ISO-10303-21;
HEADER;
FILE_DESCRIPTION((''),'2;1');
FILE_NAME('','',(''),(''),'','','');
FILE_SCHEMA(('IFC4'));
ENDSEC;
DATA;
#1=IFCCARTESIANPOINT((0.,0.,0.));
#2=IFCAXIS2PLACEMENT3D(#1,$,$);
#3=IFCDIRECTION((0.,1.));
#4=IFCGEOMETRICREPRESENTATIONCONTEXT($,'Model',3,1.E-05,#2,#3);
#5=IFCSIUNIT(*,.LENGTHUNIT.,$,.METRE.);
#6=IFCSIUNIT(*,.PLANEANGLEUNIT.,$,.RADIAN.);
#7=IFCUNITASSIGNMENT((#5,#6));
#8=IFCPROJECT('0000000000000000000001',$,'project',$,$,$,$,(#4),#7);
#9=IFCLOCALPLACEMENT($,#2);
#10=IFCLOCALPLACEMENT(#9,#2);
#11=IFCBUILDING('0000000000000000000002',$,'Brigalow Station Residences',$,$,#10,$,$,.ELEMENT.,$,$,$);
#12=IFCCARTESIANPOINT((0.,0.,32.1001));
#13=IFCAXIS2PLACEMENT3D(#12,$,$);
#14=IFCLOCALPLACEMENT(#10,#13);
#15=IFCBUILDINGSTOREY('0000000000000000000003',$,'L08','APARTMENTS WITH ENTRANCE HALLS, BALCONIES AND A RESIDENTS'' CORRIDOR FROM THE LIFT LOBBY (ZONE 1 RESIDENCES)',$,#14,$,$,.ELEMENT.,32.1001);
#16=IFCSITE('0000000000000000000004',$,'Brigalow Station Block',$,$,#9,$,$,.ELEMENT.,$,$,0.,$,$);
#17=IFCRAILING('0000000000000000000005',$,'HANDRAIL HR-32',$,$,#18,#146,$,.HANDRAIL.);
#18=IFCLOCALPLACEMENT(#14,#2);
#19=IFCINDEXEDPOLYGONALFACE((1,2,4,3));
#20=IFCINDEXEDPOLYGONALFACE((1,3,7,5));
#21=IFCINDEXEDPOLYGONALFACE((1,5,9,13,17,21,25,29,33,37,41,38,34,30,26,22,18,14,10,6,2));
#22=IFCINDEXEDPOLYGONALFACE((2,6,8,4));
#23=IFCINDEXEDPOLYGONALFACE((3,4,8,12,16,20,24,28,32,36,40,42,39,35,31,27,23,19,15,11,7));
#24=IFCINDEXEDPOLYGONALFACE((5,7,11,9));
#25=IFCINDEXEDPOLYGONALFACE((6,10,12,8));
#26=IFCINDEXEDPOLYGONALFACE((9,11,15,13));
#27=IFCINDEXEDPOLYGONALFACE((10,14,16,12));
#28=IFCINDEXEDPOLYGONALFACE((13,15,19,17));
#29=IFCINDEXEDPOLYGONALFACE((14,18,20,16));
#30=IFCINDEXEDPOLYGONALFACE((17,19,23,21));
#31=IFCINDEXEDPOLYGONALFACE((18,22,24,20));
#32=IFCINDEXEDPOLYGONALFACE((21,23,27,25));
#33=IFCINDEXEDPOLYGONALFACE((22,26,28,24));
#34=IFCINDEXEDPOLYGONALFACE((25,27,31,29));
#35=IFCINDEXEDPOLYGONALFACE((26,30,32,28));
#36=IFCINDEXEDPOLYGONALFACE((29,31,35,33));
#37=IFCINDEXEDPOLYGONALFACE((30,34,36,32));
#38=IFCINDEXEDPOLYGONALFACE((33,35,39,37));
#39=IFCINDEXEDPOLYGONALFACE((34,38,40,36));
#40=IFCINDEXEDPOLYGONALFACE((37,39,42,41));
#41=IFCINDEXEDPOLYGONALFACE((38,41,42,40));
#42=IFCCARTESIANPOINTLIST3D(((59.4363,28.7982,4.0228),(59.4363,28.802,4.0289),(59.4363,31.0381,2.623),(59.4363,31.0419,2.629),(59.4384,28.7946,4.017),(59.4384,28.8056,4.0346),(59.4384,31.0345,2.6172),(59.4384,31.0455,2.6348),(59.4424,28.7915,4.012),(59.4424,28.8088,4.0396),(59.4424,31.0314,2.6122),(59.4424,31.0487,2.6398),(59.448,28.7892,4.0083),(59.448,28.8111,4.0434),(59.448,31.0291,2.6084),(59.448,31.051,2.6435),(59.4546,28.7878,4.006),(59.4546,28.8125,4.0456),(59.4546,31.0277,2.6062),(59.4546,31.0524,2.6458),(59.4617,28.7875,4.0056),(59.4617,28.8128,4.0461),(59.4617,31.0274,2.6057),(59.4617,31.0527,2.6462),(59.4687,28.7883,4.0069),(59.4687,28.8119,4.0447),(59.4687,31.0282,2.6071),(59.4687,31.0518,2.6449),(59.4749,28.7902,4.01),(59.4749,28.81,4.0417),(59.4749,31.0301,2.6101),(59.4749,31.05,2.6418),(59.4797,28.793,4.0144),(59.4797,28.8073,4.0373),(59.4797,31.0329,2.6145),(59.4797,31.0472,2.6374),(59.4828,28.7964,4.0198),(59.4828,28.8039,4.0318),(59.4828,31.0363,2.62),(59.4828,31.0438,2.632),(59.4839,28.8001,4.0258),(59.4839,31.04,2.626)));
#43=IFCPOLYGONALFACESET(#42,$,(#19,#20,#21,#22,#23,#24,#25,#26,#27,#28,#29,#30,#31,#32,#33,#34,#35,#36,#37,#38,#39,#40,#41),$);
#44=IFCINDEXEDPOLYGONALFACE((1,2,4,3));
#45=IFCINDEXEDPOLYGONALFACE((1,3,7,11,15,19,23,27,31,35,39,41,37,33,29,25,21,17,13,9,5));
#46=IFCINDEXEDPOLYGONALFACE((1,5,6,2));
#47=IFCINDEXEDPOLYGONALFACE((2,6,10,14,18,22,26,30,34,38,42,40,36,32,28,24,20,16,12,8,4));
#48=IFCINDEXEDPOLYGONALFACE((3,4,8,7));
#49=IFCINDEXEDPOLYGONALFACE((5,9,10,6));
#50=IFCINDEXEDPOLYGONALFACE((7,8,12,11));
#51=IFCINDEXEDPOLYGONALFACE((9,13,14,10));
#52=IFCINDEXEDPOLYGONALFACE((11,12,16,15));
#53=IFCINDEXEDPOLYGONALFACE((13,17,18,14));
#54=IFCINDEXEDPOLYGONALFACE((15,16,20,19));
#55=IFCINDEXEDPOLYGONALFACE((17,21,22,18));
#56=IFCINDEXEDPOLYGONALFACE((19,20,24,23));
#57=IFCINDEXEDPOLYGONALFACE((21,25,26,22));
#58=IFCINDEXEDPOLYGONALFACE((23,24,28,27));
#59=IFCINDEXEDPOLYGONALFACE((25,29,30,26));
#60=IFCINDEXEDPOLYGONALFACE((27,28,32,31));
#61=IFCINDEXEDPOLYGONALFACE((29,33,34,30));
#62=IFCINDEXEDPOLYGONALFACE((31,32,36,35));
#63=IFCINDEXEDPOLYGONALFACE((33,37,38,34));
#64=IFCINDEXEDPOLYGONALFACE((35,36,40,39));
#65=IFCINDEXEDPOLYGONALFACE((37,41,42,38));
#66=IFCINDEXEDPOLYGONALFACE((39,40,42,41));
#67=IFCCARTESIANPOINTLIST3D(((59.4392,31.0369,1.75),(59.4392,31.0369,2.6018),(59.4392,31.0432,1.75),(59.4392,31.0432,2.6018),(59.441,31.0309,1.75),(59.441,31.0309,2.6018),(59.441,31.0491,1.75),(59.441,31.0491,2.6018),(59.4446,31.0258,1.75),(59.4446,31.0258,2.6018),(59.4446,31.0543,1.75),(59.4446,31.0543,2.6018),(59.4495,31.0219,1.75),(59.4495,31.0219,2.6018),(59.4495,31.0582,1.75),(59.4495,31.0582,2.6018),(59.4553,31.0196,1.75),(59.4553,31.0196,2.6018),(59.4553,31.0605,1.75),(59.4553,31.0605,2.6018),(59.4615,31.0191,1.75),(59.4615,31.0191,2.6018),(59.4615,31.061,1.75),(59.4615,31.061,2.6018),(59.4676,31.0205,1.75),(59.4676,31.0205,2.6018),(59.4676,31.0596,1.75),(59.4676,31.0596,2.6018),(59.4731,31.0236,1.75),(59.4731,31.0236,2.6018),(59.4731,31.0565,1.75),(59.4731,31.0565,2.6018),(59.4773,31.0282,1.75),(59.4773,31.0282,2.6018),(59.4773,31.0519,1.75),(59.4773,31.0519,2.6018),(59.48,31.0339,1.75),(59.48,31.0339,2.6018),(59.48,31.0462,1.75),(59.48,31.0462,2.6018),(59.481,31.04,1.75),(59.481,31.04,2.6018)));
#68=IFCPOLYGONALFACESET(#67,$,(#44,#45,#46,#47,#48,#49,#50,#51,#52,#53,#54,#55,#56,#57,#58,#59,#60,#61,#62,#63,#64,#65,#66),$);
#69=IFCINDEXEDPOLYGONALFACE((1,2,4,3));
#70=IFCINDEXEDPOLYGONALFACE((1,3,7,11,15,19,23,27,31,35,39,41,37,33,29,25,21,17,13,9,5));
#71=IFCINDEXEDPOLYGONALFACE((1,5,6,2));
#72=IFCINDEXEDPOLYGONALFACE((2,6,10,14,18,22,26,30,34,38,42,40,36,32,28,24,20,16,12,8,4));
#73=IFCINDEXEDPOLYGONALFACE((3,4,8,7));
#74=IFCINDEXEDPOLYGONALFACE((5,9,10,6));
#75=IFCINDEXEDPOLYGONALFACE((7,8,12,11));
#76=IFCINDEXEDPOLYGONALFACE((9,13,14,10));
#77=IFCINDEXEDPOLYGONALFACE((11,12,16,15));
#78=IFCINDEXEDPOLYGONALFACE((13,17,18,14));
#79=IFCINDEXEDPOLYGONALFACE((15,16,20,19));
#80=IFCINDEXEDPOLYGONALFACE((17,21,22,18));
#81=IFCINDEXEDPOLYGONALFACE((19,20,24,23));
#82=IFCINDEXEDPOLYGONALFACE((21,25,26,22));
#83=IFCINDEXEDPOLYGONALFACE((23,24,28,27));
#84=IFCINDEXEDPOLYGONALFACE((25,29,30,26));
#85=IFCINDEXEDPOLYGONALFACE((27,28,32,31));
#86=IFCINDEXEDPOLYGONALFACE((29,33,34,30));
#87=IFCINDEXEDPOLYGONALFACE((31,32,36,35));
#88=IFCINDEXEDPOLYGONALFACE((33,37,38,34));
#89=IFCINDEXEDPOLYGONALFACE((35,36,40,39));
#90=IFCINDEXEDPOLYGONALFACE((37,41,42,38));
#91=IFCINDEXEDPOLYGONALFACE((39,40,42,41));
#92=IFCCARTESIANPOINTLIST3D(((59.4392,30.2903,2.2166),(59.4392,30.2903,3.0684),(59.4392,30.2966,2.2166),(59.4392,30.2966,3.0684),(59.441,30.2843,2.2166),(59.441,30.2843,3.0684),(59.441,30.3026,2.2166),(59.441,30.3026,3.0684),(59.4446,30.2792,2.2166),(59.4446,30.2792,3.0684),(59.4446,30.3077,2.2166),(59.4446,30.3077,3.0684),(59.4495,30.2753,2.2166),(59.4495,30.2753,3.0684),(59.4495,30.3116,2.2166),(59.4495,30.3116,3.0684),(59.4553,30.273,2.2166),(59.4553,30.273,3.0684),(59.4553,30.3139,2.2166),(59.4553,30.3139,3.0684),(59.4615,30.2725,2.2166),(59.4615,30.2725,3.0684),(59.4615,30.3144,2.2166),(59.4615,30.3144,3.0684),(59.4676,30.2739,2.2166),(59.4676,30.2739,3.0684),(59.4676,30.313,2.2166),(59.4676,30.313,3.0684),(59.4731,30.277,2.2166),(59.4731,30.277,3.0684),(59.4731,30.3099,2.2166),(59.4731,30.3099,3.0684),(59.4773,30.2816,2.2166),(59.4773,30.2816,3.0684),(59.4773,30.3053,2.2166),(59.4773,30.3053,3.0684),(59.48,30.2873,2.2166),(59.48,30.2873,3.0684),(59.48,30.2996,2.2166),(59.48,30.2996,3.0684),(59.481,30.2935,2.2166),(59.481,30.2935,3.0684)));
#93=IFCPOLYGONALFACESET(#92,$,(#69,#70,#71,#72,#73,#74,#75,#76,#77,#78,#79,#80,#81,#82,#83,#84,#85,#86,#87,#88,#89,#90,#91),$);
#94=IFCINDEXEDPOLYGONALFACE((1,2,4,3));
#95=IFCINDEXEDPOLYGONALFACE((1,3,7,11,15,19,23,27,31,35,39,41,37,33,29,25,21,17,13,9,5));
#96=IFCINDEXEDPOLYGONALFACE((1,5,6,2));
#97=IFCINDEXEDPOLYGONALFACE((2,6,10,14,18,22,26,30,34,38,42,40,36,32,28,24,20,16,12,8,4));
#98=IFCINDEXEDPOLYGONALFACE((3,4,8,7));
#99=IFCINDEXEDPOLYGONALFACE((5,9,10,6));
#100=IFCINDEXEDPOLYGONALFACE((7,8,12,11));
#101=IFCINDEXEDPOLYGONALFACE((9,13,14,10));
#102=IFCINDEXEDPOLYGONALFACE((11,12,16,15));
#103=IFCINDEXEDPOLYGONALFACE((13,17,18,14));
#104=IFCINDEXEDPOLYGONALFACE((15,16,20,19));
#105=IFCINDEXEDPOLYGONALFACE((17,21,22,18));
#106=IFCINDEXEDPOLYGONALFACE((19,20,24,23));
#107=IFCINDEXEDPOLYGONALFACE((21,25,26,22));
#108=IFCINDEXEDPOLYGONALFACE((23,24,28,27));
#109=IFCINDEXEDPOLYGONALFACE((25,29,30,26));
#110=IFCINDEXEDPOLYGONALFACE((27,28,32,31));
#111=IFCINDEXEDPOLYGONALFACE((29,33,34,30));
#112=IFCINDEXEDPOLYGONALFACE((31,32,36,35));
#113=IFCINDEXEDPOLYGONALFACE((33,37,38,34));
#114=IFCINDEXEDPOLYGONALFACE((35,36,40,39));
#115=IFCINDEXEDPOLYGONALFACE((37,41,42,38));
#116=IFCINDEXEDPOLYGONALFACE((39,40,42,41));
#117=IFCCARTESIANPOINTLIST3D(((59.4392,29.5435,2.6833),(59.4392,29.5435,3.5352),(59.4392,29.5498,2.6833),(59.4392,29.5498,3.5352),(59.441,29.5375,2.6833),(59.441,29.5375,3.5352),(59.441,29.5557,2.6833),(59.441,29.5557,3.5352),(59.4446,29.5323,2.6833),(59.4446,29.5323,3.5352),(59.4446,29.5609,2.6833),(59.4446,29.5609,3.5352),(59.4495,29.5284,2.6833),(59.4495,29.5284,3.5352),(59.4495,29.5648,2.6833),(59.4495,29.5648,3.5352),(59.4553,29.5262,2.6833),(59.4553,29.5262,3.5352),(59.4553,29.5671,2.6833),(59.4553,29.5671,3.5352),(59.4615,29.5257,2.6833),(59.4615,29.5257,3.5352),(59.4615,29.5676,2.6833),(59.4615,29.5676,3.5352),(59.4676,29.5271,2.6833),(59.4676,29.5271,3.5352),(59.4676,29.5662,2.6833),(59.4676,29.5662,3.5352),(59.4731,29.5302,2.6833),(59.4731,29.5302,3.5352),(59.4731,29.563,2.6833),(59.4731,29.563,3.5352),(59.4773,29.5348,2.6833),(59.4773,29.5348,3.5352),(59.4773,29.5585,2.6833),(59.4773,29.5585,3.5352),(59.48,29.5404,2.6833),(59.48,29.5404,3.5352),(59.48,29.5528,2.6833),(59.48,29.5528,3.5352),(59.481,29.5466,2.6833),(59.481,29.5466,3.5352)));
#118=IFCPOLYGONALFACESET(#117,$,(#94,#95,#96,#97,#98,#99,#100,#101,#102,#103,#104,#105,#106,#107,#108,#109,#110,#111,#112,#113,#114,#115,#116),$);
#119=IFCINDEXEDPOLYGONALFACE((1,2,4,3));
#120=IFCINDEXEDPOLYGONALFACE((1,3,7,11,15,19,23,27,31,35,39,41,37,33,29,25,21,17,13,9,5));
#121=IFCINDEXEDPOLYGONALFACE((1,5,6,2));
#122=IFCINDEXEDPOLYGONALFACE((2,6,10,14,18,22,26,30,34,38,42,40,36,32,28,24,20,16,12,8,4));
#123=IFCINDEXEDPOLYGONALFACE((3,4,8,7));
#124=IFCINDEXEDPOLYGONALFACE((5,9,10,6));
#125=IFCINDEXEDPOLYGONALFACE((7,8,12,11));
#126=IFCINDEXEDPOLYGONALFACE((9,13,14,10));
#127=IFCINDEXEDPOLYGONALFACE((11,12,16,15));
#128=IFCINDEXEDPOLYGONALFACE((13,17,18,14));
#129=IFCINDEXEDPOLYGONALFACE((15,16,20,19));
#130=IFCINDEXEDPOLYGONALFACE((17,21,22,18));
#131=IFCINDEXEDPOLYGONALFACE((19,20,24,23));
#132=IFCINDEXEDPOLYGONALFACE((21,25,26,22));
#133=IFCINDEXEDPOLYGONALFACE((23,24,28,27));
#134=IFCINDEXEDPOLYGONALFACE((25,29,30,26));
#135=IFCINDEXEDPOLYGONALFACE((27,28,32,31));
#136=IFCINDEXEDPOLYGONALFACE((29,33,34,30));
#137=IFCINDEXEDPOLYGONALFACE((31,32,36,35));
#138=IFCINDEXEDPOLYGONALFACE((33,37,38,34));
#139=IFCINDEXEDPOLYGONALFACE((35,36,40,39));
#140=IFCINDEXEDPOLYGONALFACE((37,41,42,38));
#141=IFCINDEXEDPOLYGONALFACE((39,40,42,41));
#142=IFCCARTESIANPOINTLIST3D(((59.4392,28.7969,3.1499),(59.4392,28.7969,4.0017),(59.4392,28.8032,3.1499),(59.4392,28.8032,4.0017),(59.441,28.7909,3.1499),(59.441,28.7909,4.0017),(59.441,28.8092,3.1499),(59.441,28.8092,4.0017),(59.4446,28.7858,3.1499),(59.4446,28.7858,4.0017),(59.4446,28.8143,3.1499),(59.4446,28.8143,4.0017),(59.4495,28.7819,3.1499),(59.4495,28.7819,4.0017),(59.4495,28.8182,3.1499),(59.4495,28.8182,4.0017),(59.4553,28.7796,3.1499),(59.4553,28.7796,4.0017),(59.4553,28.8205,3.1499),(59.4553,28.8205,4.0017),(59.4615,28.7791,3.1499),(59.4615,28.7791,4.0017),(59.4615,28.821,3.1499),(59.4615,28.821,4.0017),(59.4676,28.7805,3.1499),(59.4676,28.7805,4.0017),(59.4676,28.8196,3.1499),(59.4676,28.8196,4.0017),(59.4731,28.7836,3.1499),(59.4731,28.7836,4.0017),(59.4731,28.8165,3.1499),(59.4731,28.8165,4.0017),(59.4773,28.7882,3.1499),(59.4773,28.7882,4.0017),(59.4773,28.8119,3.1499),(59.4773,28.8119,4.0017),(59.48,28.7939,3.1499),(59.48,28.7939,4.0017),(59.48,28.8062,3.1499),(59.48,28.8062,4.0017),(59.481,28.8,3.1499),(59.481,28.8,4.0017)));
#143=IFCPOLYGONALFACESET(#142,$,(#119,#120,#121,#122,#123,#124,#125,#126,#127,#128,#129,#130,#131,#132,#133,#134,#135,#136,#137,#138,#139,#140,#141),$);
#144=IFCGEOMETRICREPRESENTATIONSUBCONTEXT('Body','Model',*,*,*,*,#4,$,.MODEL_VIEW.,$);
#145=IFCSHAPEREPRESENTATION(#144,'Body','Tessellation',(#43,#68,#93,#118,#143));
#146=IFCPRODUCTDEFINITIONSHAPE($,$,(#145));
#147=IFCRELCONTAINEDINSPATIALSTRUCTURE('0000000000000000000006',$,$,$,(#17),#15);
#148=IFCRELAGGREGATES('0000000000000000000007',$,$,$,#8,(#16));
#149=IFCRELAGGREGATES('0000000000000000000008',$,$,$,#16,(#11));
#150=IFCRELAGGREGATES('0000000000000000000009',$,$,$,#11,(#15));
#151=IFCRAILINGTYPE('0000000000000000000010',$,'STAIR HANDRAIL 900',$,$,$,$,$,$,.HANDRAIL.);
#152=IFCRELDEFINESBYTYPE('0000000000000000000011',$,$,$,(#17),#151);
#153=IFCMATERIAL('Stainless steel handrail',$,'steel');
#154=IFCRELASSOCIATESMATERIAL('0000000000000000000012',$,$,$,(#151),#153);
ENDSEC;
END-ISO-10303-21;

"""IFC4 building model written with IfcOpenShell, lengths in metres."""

from ifc_helpers import new_model, si_unit, direction, frame, origin, origin_2d, place, context, subcontext, project, spatial, circle, extrude, material, type_object, element, save


model = new_model("IFC4")

# Units and contexts
model_context = context("Model", 3, precision=1e-05, world=origin(), true_north=direction((0.0, 1.0)))
body_context = subcontext(model_context, "Body", "Model", "MODEL_VIEW")
ifc_project = project(units=[si_unit("LENGTHUNIT", "METRE"), si_unit("PLANEANGLEUNIT", "RADIAN")], contexts=[model_context])

# Site, building, storey
site_placement = place(None, origin())
site = spatial("IfcSite", under=ifc_project, at=site_placement, Name="Brigalow Station Block", CompositionType="ELEMENT", RefElevation=0.0)
building_placement = place(site_placement, origin())
building = spatial("IfcBuilding", under=site, at=building_placement, Name="Brigalow Station Residences", CompositionType="ELEMENT")
storey_placement = place(building_placement, frame((0.0, 0.0, 32.1001)))
storey = spatial("IfcBuildingStorey", under=building, at=storey_placement, Name="L08", Description="APARTMENTS WITH ENTRANCE HALLS, BALCONIES AND A RESIDENTS' CORRIDOR FROM THE LIFT LOBBY (ZONE 1 RESIDENCES)", CompositionType="ELEMENT", Elevation=32.1001)

# Railing
ifc_material_1 = material(Name="Stainless steel handrail", Category="steel")
railing_type_1 = type_object("IfcRailingType", Name="STAIR HANDRAIL 900", PredefinedType="HANDRAIL", material=ifc_material_1)
railing_1_placement = place(storey_placement, frame((59.46, 31.04, 1.75)))
element("IfcRailing", 1, at=railing_1_placement, inside=storey, type_object=railing_type_1, Name="HANDRAIL HR-32", PredefinedType="HANDRAIL", context=body_context, shape_type="SweptSolid", body=[
    extrude(circle(Radius=0.0239, at=origin_2d()), frame((0.0, 0.0, 0.876), z_axis=(0.0, -0.848014, 0.529974), x_axis=(1.0, 0.0, 0.0)), (0.0, 0.0, 1.0), 2.6414),
    extrude(circle(Radius=0.021, at=origin_2d()), origin(), (0.0, 0.0, 1.0), 0.8518),
    extrude(circle(Radius=0.021, at=origin_2d()), frame((0.0, -0.7466, 0.4666)), (0.0, 0.0, 1.0), 0.8518),
    extrude(circle(Radius=0.021, at=origin_2d()), frame((0.0, -1.4934, 0.9333)), (0.0, 0.0, 1.0), 0.8518),
    extrude(circle(Radius=0.021, at=origin_2d()), frame((0.0, -2.24, 1.3999)), (0.0, 0.0, 1.0), 0.8518),
])

save(model, "model.ifc")
